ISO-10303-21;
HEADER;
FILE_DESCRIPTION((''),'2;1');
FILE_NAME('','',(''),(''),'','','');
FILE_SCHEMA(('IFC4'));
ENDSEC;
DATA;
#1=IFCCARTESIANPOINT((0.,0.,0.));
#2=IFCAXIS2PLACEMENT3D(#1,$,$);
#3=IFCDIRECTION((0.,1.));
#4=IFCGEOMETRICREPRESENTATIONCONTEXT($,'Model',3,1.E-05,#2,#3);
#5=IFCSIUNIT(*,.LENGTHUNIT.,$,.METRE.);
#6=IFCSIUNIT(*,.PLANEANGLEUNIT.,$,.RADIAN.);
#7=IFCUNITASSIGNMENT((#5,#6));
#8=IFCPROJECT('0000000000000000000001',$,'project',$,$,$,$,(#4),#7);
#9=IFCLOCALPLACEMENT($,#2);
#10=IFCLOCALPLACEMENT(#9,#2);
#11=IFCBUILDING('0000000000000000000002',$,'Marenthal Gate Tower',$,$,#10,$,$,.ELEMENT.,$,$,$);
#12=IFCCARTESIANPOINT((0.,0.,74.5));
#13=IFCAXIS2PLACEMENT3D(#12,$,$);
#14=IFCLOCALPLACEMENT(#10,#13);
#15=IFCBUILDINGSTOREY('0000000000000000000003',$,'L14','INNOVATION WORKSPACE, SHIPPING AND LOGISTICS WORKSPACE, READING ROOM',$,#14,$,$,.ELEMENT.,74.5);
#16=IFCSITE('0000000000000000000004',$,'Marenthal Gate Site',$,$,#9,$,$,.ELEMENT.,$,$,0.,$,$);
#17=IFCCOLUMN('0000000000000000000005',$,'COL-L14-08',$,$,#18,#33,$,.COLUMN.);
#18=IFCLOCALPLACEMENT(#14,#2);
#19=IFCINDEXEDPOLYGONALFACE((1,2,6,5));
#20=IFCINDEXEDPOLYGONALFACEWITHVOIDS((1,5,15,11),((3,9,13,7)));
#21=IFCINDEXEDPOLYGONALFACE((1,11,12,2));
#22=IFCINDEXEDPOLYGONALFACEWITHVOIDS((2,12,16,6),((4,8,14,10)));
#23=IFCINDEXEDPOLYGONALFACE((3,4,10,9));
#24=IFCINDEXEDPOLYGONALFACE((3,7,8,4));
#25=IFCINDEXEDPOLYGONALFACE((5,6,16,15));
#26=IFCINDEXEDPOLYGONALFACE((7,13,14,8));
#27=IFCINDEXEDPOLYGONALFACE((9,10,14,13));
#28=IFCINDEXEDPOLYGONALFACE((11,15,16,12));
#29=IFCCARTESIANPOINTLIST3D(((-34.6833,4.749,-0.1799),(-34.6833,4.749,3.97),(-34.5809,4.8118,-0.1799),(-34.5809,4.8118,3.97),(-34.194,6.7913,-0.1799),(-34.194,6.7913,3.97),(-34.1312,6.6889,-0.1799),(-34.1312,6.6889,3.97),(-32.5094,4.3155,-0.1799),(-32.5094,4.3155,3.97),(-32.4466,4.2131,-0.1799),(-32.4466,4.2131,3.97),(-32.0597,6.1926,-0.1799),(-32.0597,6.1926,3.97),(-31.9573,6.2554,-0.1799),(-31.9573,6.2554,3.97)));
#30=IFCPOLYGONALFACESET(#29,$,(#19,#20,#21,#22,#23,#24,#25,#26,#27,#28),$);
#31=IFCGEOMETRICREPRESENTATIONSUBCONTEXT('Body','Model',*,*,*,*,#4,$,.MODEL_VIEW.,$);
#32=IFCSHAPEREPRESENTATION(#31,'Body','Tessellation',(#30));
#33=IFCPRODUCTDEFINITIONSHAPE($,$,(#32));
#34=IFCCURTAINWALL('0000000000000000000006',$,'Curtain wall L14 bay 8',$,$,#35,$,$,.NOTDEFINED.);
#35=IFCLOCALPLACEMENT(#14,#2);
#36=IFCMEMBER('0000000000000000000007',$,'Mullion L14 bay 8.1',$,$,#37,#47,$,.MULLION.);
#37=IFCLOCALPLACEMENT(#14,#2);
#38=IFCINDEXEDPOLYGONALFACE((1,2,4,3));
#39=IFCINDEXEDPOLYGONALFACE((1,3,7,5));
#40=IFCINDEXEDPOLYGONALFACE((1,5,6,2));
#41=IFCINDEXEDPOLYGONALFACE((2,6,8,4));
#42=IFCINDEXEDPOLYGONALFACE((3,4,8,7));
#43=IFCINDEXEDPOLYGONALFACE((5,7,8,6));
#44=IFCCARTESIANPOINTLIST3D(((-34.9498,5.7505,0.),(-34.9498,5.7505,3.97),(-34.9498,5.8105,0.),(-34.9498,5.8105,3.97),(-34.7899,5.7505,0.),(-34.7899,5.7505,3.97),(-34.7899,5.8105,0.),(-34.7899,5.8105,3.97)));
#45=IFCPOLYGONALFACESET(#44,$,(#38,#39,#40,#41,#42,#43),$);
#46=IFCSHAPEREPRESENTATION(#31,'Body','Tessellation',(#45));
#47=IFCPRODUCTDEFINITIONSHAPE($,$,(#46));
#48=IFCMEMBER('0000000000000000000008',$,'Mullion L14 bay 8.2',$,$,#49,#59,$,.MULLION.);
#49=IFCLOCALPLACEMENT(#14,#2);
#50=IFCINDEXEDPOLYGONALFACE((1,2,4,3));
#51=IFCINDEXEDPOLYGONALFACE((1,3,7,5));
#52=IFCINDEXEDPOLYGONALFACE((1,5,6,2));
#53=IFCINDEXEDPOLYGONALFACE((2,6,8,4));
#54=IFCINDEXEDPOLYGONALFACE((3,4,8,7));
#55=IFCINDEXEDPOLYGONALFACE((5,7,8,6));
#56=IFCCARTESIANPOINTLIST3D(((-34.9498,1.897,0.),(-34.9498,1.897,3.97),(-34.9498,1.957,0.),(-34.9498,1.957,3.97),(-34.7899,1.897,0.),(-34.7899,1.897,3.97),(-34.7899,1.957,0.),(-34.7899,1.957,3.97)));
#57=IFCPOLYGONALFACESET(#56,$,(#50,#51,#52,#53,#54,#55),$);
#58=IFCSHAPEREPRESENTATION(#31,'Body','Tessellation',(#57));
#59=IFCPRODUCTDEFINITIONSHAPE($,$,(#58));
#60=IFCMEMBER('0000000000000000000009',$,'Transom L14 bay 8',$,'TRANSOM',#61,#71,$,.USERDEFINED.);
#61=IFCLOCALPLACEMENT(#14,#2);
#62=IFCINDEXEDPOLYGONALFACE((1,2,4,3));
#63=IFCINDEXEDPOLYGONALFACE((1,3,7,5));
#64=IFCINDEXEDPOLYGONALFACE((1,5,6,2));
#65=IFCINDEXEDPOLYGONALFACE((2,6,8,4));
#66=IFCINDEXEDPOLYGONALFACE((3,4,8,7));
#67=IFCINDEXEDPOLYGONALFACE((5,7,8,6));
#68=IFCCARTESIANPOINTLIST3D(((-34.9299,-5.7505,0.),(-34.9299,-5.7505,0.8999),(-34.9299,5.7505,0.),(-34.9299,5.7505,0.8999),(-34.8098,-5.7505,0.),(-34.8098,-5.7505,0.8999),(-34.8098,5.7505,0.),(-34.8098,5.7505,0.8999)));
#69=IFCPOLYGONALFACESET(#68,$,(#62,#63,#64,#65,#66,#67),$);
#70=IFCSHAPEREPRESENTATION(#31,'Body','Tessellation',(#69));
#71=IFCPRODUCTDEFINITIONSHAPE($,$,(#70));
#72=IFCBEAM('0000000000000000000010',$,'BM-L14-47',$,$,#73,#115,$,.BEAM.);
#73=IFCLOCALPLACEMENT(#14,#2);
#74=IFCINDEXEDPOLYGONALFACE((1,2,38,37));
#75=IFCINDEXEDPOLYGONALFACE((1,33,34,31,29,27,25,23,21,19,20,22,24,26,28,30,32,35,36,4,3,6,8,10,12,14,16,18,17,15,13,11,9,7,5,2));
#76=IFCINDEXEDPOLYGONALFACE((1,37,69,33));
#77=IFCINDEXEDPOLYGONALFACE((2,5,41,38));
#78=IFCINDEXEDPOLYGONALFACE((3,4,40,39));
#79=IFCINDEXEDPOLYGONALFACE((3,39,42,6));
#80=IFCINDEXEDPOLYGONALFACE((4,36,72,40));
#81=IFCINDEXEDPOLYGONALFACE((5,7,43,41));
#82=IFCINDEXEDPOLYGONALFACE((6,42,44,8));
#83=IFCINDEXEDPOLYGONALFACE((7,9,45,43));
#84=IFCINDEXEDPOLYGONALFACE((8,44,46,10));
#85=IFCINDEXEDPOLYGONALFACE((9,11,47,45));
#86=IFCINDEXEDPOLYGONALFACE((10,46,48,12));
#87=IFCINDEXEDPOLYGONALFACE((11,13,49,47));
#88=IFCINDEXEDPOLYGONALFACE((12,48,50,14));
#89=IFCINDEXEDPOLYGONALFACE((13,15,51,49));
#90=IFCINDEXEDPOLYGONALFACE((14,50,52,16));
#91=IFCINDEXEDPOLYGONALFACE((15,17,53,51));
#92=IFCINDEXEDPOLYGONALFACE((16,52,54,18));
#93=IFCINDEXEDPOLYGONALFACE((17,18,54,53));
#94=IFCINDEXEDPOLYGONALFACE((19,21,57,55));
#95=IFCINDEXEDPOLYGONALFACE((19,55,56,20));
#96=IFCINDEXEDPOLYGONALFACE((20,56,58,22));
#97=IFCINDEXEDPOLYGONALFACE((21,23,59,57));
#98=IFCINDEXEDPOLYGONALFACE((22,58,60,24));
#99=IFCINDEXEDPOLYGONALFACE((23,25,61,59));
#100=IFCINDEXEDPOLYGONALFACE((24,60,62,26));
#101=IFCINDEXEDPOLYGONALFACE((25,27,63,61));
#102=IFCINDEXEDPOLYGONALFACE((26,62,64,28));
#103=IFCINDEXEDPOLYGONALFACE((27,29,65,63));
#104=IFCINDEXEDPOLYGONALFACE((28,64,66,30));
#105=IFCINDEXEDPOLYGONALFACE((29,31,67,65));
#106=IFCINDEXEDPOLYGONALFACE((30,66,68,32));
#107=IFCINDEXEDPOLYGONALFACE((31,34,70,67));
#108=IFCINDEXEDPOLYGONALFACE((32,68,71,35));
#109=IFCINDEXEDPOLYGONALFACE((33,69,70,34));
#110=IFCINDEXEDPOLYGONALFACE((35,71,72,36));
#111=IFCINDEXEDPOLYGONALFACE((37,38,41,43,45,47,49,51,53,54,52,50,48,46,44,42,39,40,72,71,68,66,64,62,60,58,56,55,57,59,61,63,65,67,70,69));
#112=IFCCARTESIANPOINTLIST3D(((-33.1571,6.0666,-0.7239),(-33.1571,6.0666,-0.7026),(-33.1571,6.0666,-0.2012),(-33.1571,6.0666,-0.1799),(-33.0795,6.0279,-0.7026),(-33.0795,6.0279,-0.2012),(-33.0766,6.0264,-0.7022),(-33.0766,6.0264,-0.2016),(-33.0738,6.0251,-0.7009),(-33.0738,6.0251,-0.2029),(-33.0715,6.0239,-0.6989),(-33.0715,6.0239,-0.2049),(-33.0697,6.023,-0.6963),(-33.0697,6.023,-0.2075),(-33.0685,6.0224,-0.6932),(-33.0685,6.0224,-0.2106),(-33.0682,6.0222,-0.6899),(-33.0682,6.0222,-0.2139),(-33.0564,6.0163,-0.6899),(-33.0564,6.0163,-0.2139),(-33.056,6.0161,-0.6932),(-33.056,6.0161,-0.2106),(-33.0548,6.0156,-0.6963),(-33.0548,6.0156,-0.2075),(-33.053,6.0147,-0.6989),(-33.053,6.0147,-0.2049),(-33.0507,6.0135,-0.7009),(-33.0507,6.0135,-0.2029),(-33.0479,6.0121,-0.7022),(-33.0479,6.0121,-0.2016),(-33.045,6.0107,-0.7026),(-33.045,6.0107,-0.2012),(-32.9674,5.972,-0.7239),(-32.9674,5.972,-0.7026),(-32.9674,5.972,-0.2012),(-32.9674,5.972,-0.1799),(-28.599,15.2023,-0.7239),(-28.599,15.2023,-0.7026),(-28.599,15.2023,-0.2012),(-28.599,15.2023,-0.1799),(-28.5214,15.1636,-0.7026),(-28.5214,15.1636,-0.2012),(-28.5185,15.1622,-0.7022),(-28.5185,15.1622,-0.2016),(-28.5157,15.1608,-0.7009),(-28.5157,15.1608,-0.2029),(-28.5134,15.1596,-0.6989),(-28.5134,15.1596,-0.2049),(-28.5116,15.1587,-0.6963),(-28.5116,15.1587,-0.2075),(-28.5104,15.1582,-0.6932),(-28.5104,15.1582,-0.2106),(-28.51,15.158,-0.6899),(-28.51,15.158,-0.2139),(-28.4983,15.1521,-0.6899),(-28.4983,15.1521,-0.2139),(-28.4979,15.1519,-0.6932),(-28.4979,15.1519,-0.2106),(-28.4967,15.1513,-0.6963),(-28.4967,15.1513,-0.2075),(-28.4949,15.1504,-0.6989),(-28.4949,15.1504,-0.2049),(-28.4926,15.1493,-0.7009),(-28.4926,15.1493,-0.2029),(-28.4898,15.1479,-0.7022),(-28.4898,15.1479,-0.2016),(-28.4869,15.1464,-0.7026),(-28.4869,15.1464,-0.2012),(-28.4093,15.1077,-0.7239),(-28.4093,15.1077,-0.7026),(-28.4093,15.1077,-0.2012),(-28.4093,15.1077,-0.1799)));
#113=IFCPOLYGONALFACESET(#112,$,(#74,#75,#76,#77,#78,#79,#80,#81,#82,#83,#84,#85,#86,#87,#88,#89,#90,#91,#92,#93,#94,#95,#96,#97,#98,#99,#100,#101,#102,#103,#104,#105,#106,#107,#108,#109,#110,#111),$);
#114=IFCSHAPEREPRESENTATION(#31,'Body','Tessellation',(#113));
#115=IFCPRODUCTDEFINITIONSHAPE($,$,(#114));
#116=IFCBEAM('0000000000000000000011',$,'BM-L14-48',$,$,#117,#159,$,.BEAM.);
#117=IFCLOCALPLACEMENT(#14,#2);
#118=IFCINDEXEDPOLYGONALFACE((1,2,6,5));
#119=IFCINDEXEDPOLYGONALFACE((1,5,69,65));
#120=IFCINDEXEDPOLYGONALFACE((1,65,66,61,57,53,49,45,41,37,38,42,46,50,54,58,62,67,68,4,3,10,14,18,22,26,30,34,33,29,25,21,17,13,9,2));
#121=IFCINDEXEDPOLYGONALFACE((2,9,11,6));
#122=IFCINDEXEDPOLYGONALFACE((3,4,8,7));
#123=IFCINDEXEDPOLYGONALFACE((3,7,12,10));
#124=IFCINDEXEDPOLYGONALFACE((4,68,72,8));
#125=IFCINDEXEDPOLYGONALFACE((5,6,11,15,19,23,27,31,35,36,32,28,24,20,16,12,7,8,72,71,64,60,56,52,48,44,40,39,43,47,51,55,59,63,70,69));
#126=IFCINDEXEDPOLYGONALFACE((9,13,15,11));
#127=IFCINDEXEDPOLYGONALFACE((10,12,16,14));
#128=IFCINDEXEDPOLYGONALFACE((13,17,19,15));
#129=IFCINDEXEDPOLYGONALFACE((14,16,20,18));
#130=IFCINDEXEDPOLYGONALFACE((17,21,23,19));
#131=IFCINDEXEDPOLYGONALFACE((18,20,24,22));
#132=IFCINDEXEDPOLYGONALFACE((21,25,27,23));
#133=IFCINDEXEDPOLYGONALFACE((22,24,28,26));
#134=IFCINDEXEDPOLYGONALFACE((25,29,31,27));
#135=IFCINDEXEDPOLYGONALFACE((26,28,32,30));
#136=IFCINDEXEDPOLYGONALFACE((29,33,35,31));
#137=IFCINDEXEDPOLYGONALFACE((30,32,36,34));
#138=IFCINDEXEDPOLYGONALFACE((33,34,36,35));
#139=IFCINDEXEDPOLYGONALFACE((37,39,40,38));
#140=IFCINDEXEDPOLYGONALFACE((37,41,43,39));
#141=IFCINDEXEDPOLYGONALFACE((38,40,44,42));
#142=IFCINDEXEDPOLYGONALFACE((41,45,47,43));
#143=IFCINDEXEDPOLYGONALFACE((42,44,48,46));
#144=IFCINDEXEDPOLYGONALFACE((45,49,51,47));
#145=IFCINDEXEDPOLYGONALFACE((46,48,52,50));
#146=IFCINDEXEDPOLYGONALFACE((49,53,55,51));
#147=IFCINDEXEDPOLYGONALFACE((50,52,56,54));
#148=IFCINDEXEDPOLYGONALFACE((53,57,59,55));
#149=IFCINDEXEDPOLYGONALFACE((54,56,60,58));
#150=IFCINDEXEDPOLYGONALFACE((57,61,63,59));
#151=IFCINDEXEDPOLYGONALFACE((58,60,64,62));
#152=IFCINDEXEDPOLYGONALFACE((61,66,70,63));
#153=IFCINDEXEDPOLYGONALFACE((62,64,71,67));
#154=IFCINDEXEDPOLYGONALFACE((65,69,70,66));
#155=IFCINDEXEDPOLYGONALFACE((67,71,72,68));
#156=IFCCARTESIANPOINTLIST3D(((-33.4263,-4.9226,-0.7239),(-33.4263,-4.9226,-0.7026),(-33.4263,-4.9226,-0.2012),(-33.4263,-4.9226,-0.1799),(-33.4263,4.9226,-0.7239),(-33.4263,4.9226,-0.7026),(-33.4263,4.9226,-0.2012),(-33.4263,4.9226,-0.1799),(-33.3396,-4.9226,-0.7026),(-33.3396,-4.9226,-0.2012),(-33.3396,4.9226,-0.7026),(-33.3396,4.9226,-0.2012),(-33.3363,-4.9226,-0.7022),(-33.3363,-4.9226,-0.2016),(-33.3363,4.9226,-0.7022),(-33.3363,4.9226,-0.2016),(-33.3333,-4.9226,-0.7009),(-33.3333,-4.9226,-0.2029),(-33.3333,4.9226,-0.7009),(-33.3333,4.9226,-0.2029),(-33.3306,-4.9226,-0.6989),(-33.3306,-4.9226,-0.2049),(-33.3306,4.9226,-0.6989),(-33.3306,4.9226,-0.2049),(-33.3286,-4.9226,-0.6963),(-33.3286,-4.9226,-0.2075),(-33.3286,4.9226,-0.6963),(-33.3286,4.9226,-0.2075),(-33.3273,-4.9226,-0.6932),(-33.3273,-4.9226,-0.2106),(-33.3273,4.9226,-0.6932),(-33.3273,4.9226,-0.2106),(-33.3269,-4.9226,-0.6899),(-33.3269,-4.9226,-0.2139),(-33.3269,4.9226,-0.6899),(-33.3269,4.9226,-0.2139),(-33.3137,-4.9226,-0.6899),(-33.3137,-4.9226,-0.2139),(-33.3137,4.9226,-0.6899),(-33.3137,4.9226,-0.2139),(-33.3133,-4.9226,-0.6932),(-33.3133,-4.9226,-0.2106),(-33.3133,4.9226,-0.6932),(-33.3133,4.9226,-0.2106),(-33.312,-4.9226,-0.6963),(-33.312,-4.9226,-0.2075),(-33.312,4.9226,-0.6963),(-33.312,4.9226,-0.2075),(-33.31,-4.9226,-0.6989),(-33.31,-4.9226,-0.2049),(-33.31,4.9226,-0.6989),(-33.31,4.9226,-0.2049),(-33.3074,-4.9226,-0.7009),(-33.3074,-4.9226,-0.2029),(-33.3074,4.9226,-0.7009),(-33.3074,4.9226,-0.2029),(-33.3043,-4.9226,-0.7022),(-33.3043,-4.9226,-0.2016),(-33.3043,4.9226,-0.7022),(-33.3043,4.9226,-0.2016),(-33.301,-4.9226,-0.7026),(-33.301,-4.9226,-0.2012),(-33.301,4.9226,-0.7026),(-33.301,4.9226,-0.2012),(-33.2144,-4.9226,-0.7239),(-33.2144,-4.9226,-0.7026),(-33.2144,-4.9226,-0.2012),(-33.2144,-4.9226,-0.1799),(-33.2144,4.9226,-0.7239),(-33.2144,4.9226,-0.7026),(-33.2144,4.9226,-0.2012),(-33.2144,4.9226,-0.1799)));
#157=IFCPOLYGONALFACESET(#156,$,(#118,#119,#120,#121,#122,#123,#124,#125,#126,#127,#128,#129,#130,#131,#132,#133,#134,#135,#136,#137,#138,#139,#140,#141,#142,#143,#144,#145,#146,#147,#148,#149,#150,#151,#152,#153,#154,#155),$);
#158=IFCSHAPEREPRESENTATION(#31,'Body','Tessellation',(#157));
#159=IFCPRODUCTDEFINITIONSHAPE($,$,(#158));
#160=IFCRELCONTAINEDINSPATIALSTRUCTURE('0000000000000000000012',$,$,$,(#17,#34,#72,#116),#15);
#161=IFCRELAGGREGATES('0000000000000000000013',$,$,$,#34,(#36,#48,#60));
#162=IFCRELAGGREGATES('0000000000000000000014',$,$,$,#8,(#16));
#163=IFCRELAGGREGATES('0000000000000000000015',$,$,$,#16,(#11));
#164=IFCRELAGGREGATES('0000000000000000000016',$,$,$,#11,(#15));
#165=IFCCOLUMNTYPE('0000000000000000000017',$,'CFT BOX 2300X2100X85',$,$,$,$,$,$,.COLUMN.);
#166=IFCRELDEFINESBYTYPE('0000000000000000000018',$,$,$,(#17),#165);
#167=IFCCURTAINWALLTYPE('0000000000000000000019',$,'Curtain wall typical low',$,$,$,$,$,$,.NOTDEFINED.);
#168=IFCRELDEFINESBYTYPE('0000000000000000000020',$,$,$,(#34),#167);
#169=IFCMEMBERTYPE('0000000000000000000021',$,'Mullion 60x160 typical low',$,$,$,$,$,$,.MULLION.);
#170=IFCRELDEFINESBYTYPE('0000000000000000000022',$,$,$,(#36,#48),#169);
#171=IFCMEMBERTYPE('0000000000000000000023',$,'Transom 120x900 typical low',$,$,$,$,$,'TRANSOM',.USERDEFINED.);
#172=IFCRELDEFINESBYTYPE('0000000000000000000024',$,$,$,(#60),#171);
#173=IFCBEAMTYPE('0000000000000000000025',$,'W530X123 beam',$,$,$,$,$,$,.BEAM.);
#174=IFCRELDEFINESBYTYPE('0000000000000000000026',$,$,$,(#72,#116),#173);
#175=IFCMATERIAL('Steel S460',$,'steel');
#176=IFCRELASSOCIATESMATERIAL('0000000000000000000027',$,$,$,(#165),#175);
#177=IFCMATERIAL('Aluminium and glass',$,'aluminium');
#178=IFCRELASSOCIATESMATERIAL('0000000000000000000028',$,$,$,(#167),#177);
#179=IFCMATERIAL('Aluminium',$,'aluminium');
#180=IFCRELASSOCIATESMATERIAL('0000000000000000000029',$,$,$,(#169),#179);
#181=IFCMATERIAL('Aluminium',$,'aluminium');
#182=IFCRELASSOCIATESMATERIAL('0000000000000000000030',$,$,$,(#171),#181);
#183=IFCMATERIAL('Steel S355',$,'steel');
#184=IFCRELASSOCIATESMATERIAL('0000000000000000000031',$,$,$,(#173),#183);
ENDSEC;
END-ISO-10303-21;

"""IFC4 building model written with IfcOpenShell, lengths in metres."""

from ifc_helpers import new_model, si_unit, direction, frame, origin, origin_2d, place, context, subcontext, project, spatial, rectangle, hollow_rectangle, i_section, extrude, material, material_profile, profile_set, type_object, element, aggregate, save


model = new_model("IFC4")

# Units and contexts
model_context = context("Model", 3, precision=1e-05, world=origin(), true_north=direction((0.0, 1.0)))
body_context = subcontext(model_context, "Body", "Model", "MODEL_VIEW")
ifc_project = project(units=[si_unit("LENGTHUNIT", "METRE"), si_unit("PLANEANGLEUNIT", "RADIAN")], contexts=[model_context])

# Site, building, storey
site_placement = place(None, origin())
site = spatial("IfcSite", under=ifc_project, at=site_placement, Name="Marenthal Gate Site", CompositionType="ELEMENT", RefElevation=0.0)
building_placement = place(site_placement, origin())
building = spatial("IfcBuilding", under=site, at=building_placement, Name="Marenthal Gate Tower", CompositionType="ELEMENT")
storey_placement = place(building_placement, frame((0.0, 0.0, 74.5)))
storey = spatial("IfcBuildingStorey", under=building, at=storey_placement, Name="L14", Description="INNOVATION WORKSPACE, SHIPPING AND LOGISTICS WORKSPACE, READING ROOM", CompositionType="ELEMENT", Elevation=74.5)

# Column
ifc_material_1 = material(Name="Steel S460", Category="steel")
ifc_material_profile_1 = material_profile(ifc_material_1, hollow_rectangle(XDim=2.1001, YDim=2.3, WallThickness=0.085, at=origin_2d()), Name="CFT BOX 2300X2100X85")
ifc_material_2 = material(Name="Concrete 70 MPa", Category="concrete")
ifc_material_profile_2 = material_profile(ifc_material_2, rectangle(XDim=1.9299, YDim=2.1299, at=origin_2d()), Name="CFT BOX 2300X2100X85 INFILL")
ifc_profile_set_1 = profile_set([ifc_material_profile_1, ifc_material_profile_2], Name="Steel S460 shell, Concrete 70 MPa infill")
column_type = type_object("IfcColumnType", Name="CFT BOX 2300X2100X85", PredefinedType="COLUMN", material=ifc_profile_set_1)
column_placement = place(storey_placement, frame((-33.3203, 5.5022, -0.1799), z_axis=(0.0, 0.0, 1.0), x_axis=(0.233004, 0.972476, 0.0)))
element("IfcColumn", 1, at=column_placement, inside=storey, type_object=column_type, Name="COL-L14-08", PredefinedType="COLUMN", context=body_context, shape_type="SweptSolid", body=[
    extrude(hollow_rectangle(XDim=2.1001, YDim=2.3, WallThickness=0.085, at=origin_2d()), origin(), (0.0, 0.0, 1.0), 4.1499),
])

# Curtain wall, members
ifc_material_3 = material(Name="Aluminium and glass", Category="aluminium")
curtain_wall_type = type_object("IfcCurtainWallType", Name="Curtain wall typical low", PredefinedType="NOTDEFINED", material=ifc_material_3)
curtain_wall_placement = place(storey_placement, origin())
curtain_wall = element("IfcCurtainWall", 2, at=curtain_wall_placement, inside=storey, type_object=curtain_wall_type, Name="Curtain wall L14 bay 8", PredefinedType="NOTDEFINED")
ifc_material_4 = material(Name="Aluminium", Category="aluminium")
ifc_material_profile_3 = material_profile(ifc_material_4, rectangle(XDim=0.1599, YDim=0.0601, at=origin_2d()), Name="60x160 aluminium mullion")
ifc_profile_set_2 = profile_set([ifc_material_profile_3], Name="Aluminium")
member_type_1 = type_object("IfcMemberType", Name="Mullion 60x160 typical low", PredefinedType="MULLION", material=ifc_profile_set_2)
member_1_placement = place(storey_placement, frame((-34.8699, 5.7805, 0.0), z_axis=(0.0, 0.0, 1.0), x_axis=(1.0, 0.0, 0.0)))
member_1 = element("IfcMember", 3, at=member_1_placement, type_object=member_type_1, Name="Mullion L14 bay 8.1", PredefinedType="MULLION", context=body_context, shape_type="SweptSolid", body=[
    extrude(rectangle(XDim=0.1599, YDim=0.0601, at=origin_2d()), origin(), (0.0, 0.0, 1.0), 3.97),
])
member_2_placement = place(storey_placement, frame((-34.8699, 1.927, 0.0), z_axis=(0.0, 0.0, 1.0), x_axis=(1.0, 0.0, 0.0)))
member_2 = element("IfcMember", 4, at=member_2_placement, type_object=member_type_1, Name="Mullion L14 bay 8.2", PredefinedType="MULLION", context=body_context, shape_type="SweptSolid", body=[
    extrude(rectangle(XDim=0.1599, YDim=0.0601, at=origin_2d()), origin(), (0.0, 0.0, 1.0), 3.97),
])
ifc_material_5 = material(Name="Aluminium", Category="aluminium")
ifc_material_profile_4 = material_profile(ifc_material_5, rectangle(XDim=0.1201, YDim=0.8999, at=origin_2d()), Name="120x900 aluminium transom")
ifc_profile_set_3 = profile_set([ifc_material_profile_4], Name="Aluminium")
member_type_2 = type_object("IfcMemberType", Name="Transom 120x900 typical low", ElementType="TRANSOM", PredefinedType="USERDEFINED", material=ifc_profile_set_3)
member_3_placement = place(storey_placement, frame((-34.8699, 5.7505, 0.45), z_axis=(0.0, -1.0, 0.0), x_axis=(1.0, 0.0, 0.0)))
member_3 = element("IfcMember", 5, at=member_3_placement, type_object=member_type_2, Name="Transom L14 bay 8", ObjectType="TRANSOM", PredefinedType="USERDEFINED", context=body_context, shape_type="SweptSolid", body=[
    extrude(rectangle(XDim=0.1201, YDim=0.8999, at=origin_2d()), origin(), (0.0, 0.0, 1.0), 11.501),
])

# Beams
ifc_material_6 = material(Name="Steel S355", Category="steel")
ifc_material_profile_5 = material_profile(ifc_material_6, i_section(OverallWidth=0.2119, OverallDepth=0.5439, WebThickness=0.0132, FlangeThickness=0.0212, FilletRadius=0.0127, at=origin_2d()), Name="W530X123")
ifc_profile_set_4 = profile_set([ifc_material_profile_5], Name="Steel S355")
beam_type_1 = type_object("IfcBeamType", Name="W530X123 beam", PredefinedType="BEAM", material=ifc_profile_set_4)
beam_1_placement = place(storey_placement, frame((-28.5042, 15.155, -0.4519), z_axis=(-0.446448, -0.894809, 0.0), x_axis=(0.894809, -0.446448, 0.0)))
element("IfcBeam", 6, at=beam_1_placement, inside=storey, type_object=beam_type_1, Name="BM-L14-47", PredefinedType="BEAM", context=body_context, shape_type="SweptSolid", body=[
    extrude(i_section(OverallWidth=0.2119, OverallDepth=0.5439, WebThickness=0.0132, FlangeThickness=0.0212, FilletRadius=0.0127, at=origin_2d()), origin(), (0.0, 0.0, 1.0), 10.2097),
])
beam_2_placement = place(storey_placement, frame((-33.3203, 4.9226, -0.4519), z_axis=(0.0, -1.0, 0.0), x_axis=(1.0, 0.0, 0.0)))
element("IfcBeam", 7, at=beam_2_placement, inside=storey, type_object=beam_type_1, Name="BM-L14-48", PredefinedType="BEAM", context=body_context, shape_type="SweptSolid", body=[
    extrude(i_section(OverallWidth=0.2119, OverallDepth=0.5439, WebThickness=0.0132, FlangeThickness=0.0212, FilletRadius=0.0127, at=origin_2d()), origin(), (0.0, 0.0, 1.0), 9.8452),
])

aggregate(curtain_wall, [member_1, member_2, member_3])

save(model, "model.ifc")
